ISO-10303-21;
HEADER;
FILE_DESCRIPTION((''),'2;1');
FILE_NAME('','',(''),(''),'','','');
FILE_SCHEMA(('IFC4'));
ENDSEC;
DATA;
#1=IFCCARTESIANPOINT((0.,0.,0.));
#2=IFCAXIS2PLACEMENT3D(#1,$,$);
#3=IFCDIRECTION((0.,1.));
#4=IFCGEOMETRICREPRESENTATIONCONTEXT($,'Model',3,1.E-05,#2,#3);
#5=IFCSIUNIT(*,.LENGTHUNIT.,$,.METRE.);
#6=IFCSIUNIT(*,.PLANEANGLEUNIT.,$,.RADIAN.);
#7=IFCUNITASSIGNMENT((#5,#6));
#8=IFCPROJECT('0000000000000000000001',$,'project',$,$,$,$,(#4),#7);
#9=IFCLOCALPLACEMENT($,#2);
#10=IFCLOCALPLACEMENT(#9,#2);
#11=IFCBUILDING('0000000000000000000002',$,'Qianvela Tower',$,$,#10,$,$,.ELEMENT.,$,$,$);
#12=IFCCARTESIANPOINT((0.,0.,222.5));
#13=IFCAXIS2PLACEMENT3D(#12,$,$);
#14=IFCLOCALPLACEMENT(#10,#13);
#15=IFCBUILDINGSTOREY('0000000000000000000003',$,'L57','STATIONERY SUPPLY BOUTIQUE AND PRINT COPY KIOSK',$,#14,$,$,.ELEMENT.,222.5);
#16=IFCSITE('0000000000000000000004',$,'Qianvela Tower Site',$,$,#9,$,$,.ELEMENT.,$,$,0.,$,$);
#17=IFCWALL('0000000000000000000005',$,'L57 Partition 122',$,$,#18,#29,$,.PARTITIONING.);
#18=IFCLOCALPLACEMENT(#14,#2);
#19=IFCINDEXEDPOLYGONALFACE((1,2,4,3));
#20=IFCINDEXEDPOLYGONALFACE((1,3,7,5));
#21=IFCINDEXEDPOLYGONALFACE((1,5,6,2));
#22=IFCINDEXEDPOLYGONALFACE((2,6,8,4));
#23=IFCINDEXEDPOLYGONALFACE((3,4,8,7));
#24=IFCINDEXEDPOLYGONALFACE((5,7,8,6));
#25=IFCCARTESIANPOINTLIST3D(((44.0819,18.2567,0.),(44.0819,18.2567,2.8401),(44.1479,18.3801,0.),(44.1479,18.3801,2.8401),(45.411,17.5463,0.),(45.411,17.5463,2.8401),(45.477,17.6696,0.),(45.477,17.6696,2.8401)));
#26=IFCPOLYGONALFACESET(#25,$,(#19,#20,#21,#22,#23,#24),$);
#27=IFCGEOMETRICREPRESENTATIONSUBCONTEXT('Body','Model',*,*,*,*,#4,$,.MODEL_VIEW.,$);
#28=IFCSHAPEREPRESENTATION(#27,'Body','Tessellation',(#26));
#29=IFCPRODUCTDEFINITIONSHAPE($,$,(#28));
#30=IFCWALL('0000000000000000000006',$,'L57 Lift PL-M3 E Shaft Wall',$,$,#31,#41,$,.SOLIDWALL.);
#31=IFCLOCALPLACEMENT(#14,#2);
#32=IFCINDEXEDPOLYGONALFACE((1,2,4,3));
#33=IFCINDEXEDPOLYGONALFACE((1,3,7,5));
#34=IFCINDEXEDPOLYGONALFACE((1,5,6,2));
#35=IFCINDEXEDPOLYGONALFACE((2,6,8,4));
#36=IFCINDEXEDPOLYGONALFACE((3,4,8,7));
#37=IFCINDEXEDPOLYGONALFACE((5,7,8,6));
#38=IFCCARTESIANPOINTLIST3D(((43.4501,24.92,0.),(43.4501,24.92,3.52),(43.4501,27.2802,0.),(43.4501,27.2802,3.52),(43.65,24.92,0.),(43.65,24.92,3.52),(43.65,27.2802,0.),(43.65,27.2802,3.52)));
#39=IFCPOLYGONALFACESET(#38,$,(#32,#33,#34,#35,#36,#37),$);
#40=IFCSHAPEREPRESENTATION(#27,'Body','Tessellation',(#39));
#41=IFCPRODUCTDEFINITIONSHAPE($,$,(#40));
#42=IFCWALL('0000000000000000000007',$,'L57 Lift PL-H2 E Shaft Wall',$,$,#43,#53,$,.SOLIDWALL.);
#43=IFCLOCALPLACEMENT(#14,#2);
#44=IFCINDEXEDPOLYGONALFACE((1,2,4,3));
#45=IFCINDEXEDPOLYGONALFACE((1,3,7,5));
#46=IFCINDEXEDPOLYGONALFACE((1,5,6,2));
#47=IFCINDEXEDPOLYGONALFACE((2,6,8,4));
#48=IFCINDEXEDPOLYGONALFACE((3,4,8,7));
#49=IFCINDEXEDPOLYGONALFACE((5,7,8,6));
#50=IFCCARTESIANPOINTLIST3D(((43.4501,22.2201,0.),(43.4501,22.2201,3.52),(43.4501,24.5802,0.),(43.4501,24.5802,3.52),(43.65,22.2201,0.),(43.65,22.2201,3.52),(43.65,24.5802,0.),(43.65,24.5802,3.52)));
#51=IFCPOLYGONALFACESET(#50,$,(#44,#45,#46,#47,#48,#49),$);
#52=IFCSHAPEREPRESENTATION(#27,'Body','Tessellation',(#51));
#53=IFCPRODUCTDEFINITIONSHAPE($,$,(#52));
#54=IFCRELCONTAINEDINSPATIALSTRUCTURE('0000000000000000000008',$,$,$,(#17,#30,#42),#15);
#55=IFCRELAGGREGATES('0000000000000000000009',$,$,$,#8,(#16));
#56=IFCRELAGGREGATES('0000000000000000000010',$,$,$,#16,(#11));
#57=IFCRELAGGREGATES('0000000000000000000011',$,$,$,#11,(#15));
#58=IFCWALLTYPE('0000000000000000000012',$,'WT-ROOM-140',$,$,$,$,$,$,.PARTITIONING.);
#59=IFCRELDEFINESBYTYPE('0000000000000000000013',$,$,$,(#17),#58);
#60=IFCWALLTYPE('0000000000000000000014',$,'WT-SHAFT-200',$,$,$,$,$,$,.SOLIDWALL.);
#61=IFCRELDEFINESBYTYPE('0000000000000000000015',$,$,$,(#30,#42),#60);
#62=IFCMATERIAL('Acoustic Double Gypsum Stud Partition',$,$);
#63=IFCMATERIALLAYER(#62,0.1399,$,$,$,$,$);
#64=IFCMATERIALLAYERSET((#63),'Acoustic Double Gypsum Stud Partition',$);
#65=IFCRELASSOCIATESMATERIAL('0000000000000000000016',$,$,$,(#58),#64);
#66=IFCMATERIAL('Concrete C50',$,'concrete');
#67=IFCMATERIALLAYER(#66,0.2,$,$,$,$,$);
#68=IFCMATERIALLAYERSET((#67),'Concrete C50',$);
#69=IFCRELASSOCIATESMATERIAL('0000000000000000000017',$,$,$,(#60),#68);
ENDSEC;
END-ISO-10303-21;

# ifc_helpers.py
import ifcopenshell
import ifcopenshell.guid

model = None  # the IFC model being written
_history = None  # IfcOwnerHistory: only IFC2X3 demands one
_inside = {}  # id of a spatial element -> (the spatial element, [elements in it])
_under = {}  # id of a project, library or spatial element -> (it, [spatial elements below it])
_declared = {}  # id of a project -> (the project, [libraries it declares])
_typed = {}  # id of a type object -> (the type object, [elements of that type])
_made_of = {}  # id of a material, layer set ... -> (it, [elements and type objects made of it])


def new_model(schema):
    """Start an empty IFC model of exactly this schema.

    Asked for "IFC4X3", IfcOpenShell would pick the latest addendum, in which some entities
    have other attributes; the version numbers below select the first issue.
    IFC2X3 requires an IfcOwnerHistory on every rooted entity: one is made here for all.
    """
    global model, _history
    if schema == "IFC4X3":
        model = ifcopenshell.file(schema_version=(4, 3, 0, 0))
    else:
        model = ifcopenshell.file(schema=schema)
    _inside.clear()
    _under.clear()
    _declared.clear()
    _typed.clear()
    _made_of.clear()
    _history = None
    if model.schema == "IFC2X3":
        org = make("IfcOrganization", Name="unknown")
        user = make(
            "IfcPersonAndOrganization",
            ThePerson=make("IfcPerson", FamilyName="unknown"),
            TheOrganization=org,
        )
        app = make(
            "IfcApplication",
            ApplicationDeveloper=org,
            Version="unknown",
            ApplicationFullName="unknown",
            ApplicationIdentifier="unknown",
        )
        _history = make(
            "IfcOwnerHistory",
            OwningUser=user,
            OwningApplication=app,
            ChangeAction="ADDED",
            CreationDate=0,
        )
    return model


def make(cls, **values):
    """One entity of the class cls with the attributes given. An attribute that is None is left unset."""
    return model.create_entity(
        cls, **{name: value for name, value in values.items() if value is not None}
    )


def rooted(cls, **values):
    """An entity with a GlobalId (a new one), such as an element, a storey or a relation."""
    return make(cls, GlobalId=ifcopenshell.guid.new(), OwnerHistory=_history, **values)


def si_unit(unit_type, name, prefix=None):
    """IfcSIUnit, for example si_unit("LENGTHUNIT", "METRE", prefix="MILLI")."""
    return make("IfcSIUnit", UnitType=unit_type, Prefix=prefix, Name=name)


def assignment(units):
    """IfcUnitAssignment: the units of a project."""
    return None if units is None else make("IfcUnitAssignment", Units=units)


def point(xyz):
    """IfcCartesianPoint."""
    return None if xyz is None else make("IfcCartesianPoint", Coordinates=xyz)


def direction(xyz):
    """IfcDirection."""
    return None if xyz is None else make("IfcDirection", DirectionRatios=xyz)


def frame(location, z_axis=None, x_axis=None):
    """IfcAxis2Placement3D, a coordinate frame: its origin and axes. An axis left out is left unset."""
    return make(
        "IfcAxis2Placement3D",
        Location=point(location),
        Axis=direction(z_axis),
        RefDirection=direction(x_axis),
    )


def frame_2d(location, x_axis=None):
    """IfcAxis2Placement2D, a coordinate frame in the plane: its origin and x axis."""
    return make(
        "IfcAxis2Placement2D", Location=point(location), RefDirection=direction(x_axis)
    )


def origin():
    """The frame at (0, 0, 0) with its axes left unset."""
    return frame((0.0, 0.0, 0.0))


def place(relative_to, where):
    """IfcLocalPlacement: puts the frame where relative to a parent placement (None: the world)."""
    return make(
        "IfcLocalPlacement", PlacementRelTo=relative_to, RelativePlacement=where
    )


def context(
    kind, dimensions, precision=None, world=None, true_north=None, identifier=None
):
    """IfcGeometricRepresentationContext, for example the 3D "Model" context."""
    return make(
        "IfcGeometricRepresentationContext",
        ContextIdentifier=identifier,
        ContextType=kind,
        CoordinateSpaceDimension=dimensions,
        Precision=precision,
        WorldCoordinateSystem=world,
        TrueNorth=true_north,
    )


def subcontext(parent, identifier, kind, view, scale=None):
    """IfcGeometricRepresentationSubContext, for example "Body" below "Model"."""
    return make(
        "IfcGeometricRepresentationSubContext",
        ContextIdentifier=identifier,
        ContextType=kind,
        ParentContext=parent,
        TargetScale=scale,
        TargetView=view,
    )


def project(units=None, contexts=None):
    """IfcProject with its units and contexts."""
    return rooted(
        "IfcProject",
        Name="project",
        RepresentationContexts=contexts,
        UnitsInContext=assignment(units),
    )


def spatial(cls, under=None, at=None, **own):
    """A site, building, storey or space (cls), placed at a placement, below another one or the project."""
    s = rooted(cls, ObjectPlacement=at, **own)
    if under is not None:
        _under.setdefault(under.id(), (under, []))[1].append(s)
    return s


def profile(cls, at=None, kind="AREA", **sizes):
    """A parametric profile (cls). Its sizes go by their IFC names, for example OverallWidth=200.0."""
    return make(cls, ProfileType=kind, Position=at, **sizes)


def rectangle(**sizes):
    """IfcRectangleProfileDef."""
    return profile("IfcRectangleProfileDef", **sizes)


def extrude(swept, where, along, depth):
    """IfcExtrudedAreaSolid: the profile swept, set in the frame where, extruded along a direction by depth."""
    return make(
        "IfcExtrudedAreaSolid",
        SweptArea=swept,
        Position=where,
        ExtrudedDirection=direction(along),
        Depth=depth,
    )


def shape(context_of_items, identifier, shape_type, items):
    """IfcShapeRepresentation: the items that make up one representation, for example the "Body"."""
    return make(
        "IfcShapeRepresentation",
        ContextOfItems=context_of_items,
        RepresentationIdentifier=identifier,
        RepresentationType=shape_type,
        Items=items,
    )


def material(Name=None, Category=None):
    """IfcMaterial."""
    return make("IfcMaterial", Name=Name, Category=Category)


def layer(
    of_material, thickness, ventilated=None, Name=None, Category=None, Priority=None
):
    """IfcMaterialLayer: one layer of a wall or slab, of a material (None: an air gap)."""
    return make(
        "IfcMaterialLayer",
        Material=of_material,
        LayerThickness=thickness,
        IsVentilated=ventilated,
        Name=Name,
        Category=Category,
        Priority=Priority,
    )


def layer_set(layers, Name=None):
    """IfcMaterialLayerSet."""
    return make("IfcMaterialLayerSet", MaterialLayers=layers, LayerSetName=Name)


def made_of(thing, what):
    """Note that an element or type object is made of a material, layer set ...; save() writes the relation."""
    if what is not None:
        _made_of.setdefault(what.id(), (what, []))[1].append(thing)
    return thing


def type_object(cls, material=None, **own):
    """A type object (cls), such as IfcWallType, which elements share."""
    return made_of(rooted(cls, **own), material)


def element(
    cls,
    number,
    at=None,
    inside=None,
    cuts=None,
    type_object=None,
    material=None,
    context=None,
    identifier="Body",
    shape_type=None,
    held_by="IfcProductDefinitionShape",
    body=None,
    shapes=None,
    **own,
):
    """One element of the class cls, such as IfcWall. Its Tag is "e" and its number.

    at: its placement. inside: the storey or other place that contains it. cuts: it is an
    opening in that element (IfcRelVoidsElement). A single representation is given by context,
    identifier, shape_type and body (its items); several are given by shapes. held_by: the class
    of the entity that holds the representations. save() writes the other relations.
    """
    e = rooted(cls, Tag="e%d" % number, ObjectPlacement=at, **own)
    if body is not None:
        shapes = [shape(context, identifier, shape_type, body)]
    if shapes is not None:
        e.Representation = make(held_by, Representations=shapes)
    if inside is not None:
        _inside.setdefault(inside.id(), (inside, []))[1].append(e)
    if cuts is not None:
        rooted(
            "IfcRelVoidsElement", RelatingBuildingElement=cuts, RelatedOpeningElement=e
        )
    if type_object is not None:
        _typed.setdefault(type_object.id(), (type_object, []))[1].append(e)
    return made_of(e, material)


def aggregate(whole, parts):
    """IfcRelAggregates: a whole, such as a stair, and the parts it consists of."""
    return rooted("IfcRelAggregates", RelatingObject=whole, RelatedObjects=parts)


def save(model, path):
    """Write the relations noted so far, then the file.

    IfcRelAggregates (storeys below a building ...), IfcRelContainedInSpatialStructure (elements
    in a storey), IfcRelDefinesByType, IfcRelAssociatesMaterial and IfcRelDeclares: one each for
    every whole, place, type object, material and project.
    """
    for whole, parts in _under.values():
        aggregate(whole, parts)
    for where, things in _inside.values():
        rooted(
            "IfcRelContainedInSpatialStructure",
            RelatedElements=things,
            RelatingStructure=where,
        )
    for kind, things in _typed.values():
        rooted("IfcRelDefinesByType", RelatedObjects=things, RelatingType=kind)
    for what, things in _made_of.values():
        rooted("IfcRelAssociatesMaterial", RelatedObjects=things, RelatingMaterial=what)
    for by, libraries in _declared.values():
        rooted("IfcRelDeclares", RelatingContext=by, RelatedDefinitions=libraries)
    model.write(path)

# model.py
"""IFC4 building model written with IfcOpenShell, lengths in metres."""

from ifc_helpers import new_model, si_unit, direction, frame, frame_2d, origin, place, context, subcontext, project, spatial, rectangle, extrude, material, layer, layer_set, type_object, element, save


model = new_model("IFC4")

# Units and contexts
model_context = context("Model", 3, precision=1e-05, world=origin(), true_north=direction((0.0, 1.0)))
body_context = subcontext(model_context, "Body", "Model", "MODEL_VIEW")
ifc_project = project(units=[si_unit("LENGTHUNIT", "METRE"), si_unit("PLANEANGLEUNIT", "RADIAN")], contexts=[model_context])

# Site, building, storey
site_placement = place(None, origin())
site = spatial("IfcSite", under=ifc_project, at=site_placement, Name="Qianvela Tower Site", CompositionType="ELEMENT", RefElevation=0.0)
building_placement = place(site_placement, origin())
building = spatial("IfcBuilding", under=site, at=building_placement, Name="Qianvela Tower", CompositionType="ELEMENT")
storey_placement = place(building_placement, frame((0.0, 0.0, 222.5)))
storey = spatial("IfcBuildingStorey", under=building, at=storey_placement, Name="L57", Description="STATIONERY SUPPLY BOUTIQUE AND PRINT COPY KIOSK", CompositionType="ELEMENT", Elevation=222.5)

# Walls
ifc_material_1 = material(Name="Acoustic Double Gypsum Stud Partition")
ifc_layer_1 = layer(ifc_material_1, 0.1399)
ifc_layer_set_1 = layer_set([ifc_layer_1], Name="Acoustic Double Gypsum Stud Partition")
wall_type_1 = type_object("IfcWallType", Name="WT-ROOM-140", PredefinedType="PARTITIONING", material=ifc_layer_set_1)
wall_1_placement = place(storey_placement, frame((44.115, 18.3184, 0.0), z_axis=(0.0, 0.0, 1.0), x_axis=(0.881913, -0.471412, 0.0)))
element("IfcWall", 1, at=wall_1_placement, inside=storey, type_object=wall_type_1, Name="L57 Partition 122", PredefinedType="PARTITIONING", context=body_context, shape_type="SweptSolid", body=[
    extrude(rectangle(XDim=1.5071, YDim=0.1399, at=frame_2d((0.7534, 0.0))), origin(), (0.0, 0.0, 1.0), 2.8401),
])
ifc_material_2 = material(Name="Concrete C50", Category="concrete")
ifc_layer_2 = layer(ifc_material_2, 0.2)
ifc_layer_set_2 = layer_set([ifc_layer_2], Name="Concrete C50")
wall_type_2 = type_object("IfcWallType", Name="WT-SHAFT-200", PredefinedType="SOLIDWALL", material=ifc_layer_set_2)
for number, where, z_axis, x_axis, name in (
    (2, (43.55, 24.9199, 0.0), (0.0, 0.0, 1.0), (0.0, 1.0, 0.0), "L57 Lift PL-M3 E Shaft Wall"),
    (3, (43.55, 22.22, 0.0), (0.0, 0.0, 1.0), (0.0, 1.0, 0.0), "L57 Lift PL-H2 E Shaft Wall"),
):
    element("IfcWall", number, at=place(storey_placement, frame(where, z_axis=z_axis, x_axis=x_axis)), inside=storey, type_object=wall_type_2, Name=name, PredefinedType="SOLIDWALL", context=body_context, shape_type="SweptSolid", body=[
        extrude(rectangle(XDim=2.3601, YDim=0.2, at=frame_2d((1.1802, 0.0))), origin(), (0.0, 0.0, 1.0), 3.52),
    ])

save(model, "model.ifc")
